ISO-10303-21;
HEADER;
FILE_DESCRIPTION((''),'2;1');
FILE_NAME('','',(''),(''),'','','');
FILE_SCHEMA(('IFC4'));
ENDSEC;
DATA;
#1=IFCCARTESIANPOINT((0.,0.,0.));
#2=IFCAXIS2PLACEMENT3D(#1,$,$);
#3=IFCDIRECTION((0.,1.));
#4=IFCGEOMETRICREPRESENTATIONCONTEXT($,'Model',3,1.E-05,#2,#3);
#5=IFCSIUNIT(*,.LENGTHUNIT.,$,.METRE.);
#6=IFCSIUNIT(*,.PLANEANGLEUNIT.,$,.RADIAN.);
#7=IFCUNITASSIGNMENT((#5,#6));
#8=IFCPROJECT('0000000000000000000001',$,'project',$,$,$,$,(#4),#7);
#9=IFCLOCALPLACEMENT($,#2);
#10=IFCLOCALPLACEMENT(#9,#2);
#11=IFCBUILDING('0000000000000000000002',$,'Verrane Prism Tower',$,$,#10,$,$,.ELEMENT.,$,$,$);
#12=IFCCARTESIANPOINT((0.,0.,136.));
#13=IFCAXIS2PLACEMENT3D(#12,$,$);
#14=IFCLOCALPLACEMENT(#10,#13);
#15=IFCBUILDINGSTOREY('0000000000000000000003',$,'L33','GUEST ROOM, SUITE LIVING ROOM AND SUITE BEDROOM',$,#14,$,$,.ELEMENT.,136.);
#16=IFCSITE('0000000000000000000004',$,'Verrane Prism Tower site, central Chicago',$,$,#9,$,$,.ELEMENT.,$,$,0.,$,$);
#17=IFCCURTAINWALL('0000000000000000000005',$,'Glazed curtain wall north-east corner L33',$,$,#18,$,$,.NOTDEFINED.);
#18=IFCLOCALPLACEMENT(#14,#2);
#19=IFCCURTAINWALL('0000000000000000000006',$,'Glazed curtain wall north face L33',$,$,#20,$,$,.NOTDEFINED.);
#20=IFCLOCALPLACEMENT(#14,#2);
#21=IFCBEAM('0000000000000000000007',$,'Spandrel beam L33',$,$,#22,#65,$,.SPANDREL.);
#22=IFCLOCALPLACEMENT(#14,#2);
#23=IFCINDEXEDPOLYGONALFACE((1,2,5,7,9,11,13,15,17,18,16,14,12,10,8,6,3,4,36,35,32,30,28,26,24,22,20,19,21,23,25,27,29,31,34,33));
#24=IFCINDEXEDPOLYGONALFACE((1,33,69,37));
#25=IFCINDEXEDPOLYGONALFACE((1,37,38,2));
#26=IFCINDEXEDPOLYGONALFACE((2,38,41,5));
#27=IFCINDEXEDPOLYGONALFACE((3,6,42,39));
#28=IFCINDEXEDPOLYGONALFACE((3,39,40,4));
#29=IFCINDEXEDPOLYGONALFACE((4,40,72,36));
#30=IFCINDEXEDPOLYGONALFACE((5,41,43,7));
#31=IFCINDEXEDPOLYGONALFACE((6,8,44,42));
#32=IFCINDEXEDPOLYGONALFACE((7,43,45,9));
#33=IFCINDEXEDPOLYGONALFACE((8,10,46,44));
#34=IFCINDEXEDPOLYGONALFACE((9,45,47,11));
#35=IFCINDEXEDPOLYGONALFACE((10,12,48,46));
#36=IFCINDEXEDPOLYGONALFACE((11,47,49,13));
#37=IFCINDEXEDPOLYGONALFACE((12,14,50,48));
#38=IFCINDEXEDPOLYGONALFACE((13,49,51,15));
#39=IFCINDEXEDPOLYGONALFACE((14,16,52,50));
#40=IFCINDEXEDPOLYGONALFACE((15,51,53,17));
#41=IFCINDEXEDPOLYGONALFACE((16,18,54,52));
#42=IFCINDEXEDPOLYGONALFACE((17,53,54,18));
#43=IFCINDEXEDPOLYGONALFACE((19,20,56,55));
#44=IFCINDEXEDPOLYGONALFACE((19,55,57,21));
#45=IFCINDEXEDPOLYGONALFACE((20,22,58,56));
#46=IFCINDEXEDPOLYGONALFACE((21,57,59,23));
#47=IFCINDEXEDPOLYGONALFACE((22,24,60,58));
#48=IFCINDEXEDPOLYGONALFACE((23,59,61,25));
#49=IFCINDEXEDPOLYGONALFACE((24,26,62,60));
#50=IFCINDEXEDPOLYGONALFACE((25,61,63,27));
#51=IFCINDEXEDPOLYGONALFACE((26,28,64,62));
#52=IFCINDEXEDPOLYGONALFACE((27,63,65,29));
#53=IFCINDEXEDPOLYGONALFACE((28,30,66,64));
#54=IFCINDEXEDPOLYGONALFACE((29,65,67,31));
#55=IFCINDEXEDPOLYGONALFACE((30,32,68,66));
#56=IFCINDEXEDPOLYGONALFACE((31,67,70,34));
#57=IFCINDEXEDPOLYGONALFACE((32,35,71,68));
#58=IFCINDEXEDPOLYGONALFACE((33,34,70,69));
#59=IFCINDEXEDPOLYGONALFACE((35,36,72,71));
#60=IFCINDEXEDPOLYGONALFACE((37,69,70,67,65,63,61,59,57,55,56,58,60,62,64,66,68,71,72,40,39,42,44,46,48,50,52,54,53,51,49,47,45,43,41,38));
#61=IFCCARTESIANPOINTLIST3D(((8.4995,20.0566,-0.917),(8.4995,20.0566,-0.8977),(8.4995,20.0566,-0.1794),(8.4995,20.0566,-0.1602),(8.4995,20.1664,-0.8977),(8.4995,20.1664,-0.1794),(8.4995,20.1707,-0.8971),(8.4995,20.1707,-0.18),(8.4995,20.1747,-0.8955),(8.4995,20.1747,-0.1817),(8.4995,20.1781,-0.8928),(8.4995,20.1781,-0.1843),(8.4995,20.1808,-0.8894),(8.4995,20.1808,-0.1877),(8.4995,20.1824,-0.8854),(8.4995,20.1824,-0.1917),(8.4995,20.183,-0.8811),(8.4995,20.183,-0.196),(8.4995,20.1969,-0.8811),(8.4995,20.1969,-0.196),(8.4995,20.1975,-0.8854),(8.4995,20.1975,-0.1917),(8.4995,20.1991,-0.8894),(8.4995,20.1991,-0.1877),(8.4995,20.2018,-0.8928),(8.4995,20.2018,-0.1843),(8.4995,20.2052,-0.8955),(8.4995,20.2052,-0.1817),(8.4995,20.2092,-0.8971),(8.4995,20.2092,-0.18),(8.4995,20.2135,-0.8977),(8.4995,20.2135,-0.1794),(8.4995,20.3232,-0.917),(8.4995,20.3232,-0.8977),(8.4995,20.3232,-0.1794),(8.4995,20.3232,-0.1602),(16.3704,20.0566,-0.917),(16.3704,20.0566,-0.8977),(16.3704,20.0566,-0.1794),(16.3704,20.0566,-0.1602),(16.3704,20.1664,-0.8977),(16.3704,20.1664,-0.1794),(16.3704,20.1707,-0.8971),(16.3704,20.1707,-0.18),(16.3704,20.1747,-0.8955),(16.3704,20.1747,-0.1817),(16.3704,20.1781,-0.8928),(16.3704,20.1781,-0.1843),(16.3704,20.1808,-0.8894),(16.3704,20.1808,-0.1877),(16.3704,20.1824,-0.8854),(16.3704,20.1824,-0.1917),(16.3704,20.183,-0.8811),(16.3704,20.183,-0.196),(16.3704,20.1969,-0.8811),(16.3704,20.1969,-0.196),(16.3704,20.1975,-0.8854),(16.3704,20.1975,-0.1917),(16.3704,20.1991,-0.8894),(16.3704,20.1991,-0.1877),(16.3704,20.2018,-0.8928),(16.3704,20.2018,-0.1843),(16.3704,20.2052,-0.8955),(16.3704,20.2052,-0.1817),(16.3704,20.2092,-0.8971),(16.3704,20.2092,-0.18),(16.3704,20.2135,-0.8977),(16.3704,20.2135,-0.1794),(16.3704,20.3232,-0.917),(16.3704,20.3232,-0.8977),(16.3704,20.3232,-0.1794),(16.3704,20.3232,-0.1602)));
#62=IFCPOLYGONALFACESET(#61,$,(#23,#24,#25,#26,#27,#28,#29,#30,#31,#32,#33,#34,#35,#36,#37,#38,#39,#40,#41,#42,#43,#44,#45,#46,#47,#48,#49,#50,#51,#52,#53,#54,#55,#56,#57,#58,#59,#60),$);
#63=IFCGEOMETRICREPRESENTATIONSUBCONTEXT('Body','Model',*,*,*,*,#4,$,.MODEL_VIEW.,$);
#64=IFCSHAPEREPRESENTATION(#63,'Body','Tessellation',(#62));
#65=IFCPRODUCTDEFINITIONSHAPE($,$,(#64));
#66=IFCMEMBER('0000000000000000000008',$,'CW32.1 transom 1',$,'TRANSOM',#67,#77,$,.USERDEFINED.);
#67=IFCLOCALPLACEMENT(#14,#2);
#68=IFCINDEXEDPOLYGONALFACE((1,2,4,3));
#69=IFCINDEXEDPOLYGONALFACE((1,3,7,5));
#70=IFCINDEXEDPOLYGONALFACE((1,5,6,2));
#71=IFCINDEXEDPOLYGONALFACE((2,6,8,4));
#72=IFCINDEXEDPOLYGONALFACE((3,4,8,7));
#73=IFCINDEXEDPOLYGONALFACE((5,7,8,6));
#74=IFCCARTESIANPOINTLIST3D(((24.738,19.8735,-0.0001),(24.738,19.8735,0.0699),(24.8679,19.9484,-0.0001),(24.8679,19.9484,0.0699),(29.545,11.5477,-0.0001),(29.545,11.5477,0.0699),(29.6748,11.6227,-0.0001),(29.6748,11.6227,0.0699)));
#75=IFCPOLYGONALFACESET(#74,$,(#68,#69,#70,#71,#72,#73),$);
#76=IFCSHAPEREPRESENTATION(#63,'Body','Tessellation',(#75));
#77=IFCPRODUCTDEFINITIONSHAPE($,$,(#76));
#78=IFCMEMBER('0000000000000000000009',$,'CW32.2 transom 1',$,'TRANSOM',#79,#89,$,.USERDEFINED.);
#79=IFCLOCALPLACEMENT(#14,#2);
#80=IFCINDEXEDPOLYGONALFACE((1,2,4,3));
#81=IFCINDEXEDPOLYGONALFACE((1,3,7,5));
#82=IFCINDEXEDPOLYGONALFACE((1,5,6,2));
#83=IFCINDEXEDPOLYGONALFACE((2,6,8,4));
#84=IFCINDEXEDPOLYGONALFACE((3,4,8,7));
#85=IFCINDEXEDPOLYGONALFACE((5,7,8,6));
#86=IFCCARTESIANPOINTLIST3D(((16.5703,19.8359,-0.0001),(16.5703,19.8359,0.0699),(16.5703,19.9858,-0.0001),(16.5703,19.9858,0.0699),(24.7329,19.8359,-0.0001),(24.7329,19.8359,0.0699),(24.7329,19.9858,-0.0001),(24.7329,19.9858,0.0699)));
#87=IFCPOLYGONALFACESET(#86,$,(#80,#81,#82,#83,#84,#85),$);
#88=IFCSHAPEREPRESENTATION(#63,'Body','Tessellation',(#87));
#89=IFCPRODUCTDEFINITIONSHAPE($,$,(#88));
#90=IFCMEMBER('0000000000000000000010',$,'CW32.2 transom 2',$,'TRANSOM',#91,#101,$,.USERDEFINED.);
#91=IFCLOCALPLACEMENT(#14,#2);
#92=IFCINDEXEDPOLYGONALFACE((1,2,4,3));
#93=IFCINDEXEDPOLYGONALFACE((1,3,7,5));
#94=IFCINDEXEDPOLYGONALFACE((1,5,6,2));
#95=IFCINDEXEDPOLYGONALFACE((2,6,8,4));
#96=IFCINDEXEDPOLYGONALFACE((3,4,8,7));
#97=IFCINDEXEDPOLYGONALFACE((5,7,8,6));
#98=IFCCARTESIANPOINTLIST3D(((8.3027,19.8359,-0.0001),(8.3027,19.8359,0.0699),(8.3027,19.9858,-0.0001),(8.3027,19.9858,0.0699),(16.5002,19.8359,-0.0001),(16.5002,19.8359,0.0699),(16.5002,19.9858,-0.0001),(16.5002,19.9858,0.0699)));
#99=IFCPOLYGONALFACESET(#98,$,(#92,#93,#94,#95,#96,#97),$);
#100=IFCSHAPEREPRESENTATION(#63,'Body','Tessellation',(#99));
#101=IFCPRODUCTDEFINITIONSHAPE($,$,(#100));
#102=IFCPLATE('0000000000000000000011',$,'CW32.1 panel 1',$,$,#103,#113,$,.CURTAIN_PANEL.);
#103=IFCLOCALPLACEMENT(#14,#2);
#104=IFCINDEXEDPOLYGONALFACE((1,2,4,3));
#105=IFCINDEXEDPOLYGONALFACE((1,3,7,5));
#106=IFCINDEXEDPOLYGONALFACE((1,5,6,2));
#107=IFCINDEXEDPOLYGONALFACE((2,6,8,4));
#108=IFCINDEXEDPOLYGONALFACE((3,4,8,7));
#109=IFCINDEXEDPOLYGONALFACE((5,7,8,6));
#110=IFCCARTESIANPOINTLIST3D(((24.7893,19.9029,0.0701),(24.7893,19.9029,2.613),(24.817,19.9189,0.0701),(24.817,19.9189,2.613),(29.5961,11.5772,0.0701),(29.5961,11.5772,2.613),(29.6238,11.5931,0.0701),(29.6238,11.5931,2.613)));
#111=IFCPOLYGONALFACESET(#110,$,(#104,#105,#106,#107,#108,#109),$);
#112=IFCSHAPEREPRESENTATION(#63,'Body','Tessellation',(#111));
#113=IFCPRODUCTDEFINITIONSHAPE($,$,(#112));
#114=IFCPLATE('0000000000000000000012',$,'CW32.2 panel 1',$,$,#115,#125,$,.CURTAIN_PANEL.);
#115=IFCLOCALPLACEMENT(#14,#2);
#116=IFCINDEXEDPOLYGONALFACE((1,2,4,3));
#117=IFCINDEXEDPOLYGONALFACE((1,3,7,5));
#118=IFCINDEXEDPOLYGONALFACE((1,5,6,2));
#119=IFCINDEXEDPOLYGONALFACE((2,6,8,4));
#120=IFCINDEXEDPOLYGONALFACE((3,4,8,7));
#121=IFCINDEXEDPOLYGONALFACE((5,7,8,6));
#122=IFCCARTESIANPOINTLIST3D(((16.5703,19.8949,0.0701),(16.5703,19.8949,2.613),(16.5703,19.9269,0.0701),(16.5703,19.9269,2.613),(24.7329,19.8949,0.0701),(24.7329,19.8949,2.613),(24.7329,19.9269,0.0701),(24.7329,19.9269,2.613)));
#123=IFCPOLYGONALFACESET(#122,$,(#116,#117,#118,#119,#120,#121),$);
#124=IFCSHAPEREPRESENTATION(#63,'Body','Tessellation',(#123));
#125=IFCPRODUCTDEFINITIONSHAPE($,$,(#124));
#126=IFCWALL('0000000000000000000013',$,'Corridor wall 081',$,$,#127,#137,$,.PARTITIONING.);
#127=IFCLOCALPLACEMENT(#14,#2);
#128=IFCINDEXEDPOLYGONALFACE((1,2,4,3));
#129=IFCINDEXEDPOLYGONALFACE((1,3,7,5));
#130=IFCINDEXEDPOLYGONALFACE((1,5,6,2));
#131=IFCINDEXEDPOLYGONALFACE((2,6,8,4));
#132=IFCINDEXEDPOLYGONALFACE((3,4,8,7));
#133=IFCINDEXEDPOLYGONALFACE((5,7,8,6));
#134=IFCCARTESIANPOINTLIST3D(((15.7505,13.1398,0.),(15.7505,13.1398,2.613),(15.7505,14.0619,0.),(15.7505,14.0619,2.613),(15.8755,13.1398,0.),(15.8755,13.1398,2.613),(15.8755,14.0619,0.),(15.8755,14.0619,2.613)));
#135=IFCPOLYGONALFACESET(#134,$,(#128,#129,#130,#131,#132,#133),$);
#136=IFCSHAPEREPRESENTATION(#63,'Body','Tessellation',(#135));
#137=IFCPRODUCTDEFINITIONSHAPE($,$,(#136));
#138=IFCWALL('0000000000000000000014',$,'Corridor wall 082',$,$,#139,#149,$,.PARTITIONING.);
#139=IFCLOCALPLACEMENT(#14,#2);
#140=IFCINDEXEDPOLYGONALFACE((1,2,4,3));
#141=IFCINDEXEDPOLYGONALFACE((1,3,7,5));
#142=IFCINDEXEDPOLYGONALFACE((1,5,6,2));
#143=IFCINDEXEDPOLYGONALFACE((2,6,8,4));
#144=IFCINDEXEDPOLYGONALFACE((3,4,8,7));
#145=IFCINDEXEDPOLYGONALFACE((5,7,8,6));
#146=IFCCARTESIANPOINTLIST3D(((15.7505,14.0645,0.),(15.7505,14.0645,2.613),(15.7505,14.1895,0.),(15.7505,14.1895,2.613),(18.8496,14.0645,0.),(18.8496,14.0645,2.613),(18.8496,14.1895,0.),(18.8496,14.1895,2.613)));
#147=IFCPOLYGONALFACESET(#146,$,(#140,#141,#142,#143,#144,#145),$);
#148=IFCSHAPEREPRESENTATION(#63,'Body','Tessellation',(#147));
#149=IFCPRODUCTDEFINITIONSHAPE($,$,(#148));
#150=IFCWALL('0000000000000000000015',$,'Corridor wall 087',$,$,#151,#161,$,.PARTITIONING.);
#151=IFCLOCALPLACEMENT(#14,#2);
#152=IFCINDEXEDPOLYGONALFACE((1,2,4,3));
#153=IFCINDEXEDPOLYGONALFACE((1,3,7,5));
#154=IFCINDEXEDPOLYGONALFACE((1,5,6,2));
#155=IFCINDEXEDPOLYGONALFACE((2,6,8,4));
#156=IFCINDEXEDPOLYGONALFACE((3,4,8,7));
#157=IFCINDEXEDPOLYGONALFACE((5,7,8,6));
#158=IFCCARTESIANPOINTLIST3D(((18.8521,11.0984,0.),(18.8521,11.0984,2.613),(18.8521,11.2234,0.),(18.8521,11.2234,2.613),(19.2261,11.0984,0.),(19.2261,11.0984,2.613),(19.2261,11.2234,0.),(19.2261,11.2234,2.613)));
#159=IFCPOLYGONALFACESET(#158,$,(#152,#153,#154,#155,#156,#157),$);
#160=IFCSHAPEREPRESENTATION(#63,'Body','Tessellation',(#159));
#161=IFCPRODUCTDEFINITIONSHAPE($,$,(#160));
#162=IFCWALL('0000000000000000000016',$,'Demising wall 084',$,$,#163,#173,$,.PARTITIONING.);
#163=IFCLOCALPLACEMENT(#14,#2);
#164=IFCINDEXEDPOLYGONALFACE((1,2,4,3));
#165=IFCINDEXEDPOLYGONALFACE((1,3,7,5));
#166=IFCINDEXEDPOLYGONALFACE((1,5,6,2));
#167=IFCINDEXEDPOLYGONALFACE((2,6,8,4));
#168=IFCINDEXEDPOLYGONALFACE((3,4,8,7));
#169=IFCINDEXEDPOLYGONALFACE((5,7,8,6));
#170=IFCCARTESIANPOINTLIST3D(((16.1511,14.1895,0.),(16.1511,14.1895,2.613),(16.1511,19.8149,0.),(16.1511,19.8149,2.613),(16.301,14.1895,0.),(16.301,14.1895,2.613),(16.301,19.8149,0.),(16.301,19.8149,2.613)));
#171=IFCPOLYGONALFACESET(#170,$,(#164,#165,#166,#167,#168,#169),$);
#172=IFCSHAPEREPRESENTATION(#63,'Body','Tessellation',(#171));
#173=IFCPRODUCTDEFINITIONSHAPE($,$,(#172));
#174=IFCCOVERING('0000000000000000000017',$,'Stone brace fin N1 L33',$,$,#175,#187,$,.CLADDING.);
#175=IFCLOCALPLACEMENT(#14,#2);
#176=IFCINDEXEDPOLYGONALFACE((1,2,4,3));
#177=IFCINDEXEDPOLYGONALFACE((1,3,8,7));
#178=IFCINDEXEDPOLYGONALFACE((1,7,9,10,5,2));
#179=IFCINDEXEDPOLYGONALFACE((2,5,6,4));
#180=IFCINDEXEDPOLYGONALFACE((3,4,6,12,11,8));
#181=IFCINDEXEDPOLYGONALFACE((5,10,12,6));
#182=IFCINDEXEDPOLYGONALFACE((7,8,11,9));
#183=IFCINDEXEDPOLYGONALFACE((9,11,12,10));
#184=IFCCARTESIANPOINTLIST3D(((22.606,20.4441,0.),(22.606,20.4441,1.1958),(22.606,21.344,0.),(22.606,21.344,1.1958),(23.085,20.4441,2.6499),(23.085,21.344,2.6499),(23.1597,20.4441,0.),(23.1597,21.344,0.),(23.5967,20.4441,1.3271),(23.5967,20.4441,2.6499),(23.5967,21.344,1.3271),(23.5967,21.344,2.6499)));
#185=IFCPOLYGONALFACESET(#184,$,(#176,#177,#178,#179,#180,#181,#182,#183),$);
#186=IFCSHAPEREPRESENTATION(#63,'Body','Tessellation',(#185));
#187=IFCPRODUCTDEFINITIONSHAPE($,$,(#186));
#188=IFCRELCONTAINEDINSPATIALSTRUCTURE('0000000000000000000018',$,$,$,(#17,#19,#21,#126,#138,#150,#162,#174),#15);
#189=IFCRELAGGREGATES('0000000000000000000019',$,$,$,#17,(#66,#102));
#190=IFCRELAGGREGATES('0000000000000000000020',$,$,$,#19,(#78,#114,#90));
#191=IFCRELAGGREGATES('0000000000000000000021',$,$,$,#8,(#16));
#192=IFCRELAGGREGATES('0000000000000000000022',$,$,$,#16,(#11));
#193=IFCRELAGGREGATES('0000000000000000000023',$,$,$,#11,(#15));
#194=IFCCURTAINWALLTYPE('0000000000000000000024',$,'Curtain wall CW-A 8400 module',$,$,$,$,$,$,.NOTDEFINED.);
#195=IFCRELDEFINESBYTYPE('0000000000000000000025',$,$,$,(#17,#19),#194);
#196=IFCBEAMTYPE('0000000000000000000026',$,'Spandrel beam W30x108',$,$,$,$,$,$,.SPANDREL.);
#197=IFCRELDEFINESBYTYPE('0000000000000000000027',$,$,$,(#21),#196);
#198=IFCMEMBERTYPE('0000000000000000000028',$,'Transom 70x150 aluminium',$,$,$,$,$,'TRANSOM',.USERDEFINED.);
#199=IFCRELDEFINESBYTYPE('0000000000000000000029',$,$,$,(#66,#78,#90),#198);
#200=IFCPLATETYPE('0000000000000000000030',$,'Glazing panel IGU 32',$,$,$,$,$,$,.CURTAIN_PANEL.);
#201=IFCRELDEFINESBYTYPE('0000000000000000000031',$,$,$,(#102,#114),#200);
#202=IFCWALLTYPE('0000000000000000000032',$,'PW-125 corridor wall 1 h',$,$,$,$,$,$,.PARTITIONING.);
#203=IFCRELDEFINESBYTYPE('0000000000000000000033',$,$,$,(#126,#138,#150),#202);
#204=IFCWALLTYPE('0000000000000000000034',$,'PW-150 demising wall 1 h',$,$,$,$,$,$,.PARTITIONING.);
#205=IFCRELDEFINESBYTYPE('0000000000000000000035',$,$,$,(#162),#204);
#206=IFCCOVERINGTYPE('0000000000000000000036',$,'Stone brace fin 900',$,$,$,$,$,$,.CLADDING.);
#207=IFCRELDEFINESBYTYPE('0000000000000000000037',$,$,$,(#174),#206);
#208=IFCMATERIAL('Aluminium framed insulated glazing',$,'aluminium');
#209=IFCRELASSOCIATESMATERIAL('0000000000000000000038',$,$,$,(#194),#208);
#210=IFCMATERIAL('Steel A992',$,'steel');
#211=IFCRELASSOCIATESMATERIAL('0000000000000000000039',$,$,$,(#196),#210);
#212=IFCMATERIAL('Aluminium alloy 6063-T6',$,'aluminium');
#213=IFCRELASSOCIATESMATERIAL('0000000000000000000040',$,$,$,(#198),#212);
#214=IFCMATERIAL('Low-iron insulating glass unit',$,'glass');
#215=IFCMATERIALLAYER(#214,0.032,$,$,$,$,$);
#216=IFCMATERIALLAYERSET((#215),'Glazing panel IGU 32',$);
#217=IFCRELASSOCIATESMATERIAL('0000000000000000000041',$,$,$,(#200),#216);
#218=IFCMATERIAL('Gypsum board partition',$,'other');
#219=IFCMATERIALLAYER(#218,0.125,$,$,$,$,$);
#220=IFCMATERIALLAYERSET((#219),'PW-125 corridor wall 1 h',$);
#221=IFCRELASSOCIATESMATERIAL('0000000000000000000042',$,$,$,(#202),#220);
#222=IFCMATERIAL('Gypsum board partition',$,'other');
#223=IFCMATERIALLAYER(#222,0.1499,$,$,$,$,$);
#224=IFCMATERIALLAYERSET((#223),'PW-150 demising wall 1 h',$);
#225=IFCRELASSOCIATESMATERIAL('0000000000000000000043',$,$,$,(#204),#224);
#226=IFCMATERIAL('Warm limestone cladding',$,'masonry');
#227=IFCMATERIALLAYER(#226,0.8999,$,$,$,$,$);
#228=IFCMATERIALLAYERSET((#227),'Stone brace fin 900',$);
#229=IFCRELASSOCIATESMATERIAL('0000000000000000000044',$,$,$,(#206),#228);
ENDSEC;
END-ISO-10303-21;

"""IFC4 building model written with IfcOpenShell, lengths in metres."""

from ifc_helpers import new_model, si_unit, direction, frame, frame_2d, origin, origin_2d, place, context, subcontext, project, spatial, polyline, rectangle, i_section, outline, extrude, material, layer, layer_set, material_profile, profile_set, type_object, element, aggregate, save


model = new_model("IFC4")

# Units and contexts
model_context = context("Model", 3, precision=1e-05, world=origin(), true_north=direction((0.0, 1.0)))
body_context = subcontext(model_context, "Body", "Model", "MODEL_VIEW")
ifc_project = project(units=[si_unit("LENGTHUNIT", "METRE"), si_unit("PLANEANGLEUNIT", "RADIAN")], contexts=[model_context])

# Site, building, storey
site_placement = place(None, origin())
site = spatial("IfcSite", under=ifc_project, at=site_placement, Name="Verrane Prism Tower site, central Chicago", CompositionType="ELEMENT", RefElevation=0.0)
building_placement = place(site_placement, origin())
building = spatial("IfcBuilding", under=site, at=building_placement, Name="Verrane Prism Tower", CompositionType="ELEMENT")
storey_placement = place(building_placement, frame((0.0, 0.0, 136.0)))
storey = spatial("IfcBuildingStorey", under=building, at=storey_placement, Name="L33", Description="GUEST ROOM, SUITE LIVING ROOM AND SUITE BEDROOM", CompositionType="ELEMENT", Elevation=136.0)

# Curtain wall
ifc_material_1 = material(Name="Aluminium framed insulated glazing", Category="aluminium")
curtain_wall_type = type_object("IfcCurtainWallType", Name="Curtain wall CW-A 8400 module", PredefinedType="NOTDEFINED", material=ifc_material_1)
curtain_wall_1_placement = place(storey_placement, origin())
curtain_wall_1 = element("IfcCurtainWall", 1, at=curtain_wall_1_placement, inside=storey, type_object=curtain_wall_type, Name="Glazed curtain wall north-east corner L33", PredefinedType="NOTDEFINED")

# Curtain wall
curtain_wall_2_placement = place(storey_placement, origin())
curtain_wall_2 = element("IfcCurtainWall", 2, at=curtain_wall_2_placement, inside=storey, type_object=curtain_wall_type, Name="Glazed curtain wall north face L33", PredefinedType="NOTDEFINED")

# Beam
ifc_material_2 = material(Name="Steel A992", Category="steel")
ifc_material_profile_1 = material_profile(ifc_material_2, i_section(OverallWidth=0.2666, OverallDepth=0.7568, WebThickness=0.0139, FlangeThickness=0.0193, FilletRadius=0.0166, at=origin_2d()), Name="W30x108")
ifc_profile_set_1 = profile_set([ifc_material_profile_1], Name="Steel A992")
beam_type_1 = type_object("IfcBeamType", Name="Spandrel beam W30x108", PredefinedType="SPANDREL", material=ifc_profile_set_1)
beam_1_placement = place(storey_placement, frame((16.3704, 20.1899, -0.5386), z_axis=(-1.0, 0.0, 0.0), x_axis=(0.0, -1.0, 0.0)))
element("IfcBeam", 3, at=beam_1_placement, inside=storey, type_object=beam_type_1, Name="Spandrel beam L33", PredefinedType="SPANDREL", context=body_context, shape_type="SweptSolid", body=[
    extrude(i_section(OverallWidth=0.2666, OverallDepth=0.7568, WebThickness=0.0139, FlangeThickness=0.0193, FilletRadius=0.0166, at=origin_2d()), origin(), (0.0, 0.0, 1.0), 7.8708),
])

# Members
ifc_material_3 = material(Name="Aluminium alloy 6063-T6", Category="aluminium")
ifc_material_profile_2 = material_profile(ifc_material_3, rectangle(XDim=0.1499, YDim=0.0701, at=origin_2d()), Name="Transom 70x150 aluminium")
ifc_profile_set_2 = profile_set([ifc_material_profile_2], Name="Aluminium alloy 6063-T6")
member_type_1 = type_object("IfcMemberType", Name="Transom 70x150 aluminium", ElementType="TRANSOM", PredefinedType="USERDEFINED", material=ifc_profile_set_2)
member_1_placement = place(storey_placement, frame((29.6099, 11.5852, 0.0349), z_axis=(-0.500004, 0.866023, 0.0), x_axis=(-0.866023, -0.500004, 0.0)))
member_1 = element("IfcMember", 4, at=member_1_placement, type_object=member_type_1, Name="CW32.1 transom 1", ObjectType="TRANSOM", PredefinedType="USERDEFINED", context=body_context, shape_type="SweptSolid", body=[
    extrude(rectangle(XDim=0.1499, YDim=0.0701, at=origin_2d()), origin(), (0.0, 0.0, 1.0), 9.6138),
])
member_2_placement = place(storey_placement, frame((24.7329, 19.9109, 0.0349), z_axis=(-1.0, 0.0, 0.0), x_axis=(0.0, -1.0, 0.0)))
member_2 = element("IfcMember", 5, at=member_2_placement, type_object=member_type_1, Name="CW32.2 transom 1", ObjectType="TRANSOM", PredefinedType="USERDEFINED", context=body_context, shape_type="SweptSolid", body=[
    extrude(rectangle(XDim=0.1499, YDim=0.0701, at=origin_2d()), origin(), (0.0, 0.0, 1.0), 8.1626),
])
member_3_placement = place(storey_placement, frame((16.5002, 19.9109, 0.0349), z_axis=(-1.0, 0.0, 0.0), x_axis=(0.0, -1.0, 0.0)))
member_3 = element("IfcMember", 6, at=member_3_placement, type_object=member_type_1, Name="CW32.2 transom 2", ObjectType="TRANSOM", PredefinedType="USERDEFINED", context=body_context, shape_type="SweptSolid", body=[
    extrude(rectangle(XDim=0.1499, YDim=0.0701, at=origin_2d()), origin(), (0.0, 0.0, 1.0), 8.1975),
])

# Plates
ifc_material_4 = material(Name="Low-iron insulating glass unit", Category="glass")
ifc_layer_1 = layer(ifc_material_4, 0.032)
ifc_layer_set_1 = layer_set([ifc_layer_1], Name="Glazing panel IGU 32")
plate_type = type_object("IfcPlateType", Name="Glazing panel IGU 32", PredefinedType="CURTAIN_PANEL", material=ifc_layer_set_1)
plate_1_placement = place(storey_placement, frame((27.2065, 15.748, 0.0701), z_axis=(0.0, 0.0, 1.0), x_axis=(-0.499996, 0.866028, 0.0)))
plate_1 = element("IfcPlate", 7, at=plate_1_placement, type_object=plate_type, Name="CW32.1 panel 1", PredefinedType="CURTAIN_PANEL", context=body_context, shape_type="SweptSolid", body=[
    extrude(rectangle(XDim=9.6138, YDim=0.032, at=origin_2d()), origin(), (0.0, 0.0, 1.0), 2.543),
])
aggregate(curtain_wall_1, [member_1, plate_1])
plate_2_placement = place(storey_placement, frame((20.6516, 19.9109, 0.0701), z_axis=(0.0, 0.0, 1.0), x_axis=(-1.0, 0.0, 0.0)))
plate_2 = element("IfcPlate", 8, at=plate_2_placement, type_object=plate_type, Name="CW32.2 panel 1", PredefinedType="CURTAIN_PANEL", context=body_context, shape_type="SweptSolid", body=[
    extrude(rectangle(XDim=8.1626, YDim=0.032, at=origin_2d()), origin(), (0.0, 0.0, 1.0), 2.543),
])
aggregate(curtain_wall_2, [member_2, plate_2, member_3])

# Walls
ifc_material_5 = material(Name="Gypsum board partition", Category="other")
ifc_layer_2 = layer(ifc_material_5, 0.125)
ifc_layer_set_2 = layer_set([ifc_layer_2], Name="PW-125 corridor wall 1 h")
wall_type_1 = type_object("IfcWallType", Name="PW-125 corridor wall 1 h", PredefinedType="PARTITIONING", material=ifc_layer_set_2)
wall_1_placement = place(storey_placement, frame((15.813, 13.1399, 0.0), z_axis=(0.0, 0.0, 1.0), x_axis=(0.0, 1.0, 0.0)))
element("IfcWall", 9, at=wall_1_placement, inside=storey, type_object=wall_type_1, Name="Corridor wall 081", PredefinedType="PARTITIONING", context=body_context, shape_type="SweptSolid", body=[
    extrude(rectangle(XDim=0.9221, YDim=0.125, at=frame_2d((0.4609, 0.0))), origin(), (0.0, 0.0, 1.0), 2.613),
])
wall_2_placement = place(storey_placement, frame((15.7505, 14.127, 0.0), z_axis=(0.0, 0.0, 1.0), x_axis=(1.0, 0.0, 0.0)))
element("IfcWall", 10, at=wall_2_placement, inside=storey, type_object=wall_type_1, Name="Corridor wall 082", PredefinedType="PARTITIONING", context=body_context, shape_type="SweptSolid", body=[
    extrude(rectangle(XDim=3.0991, YDim=0.125, at=frame_2d((1.5496, 0.0))), origin(), (0.0, 0.0, 1.0), 2.613),
])
wall_3_placement = place(storey_placement, frame((18.8521, 11.1609, 0.0), z_axis=(0.0, 0.0, 1.0), x_axis=(1.0, 0.0, 0.0)))
element("IfcWall", 11, at=wall_3_placement, inside=storey, type_object=wall_type_1, Name="Corridor wall 087", PredefinedType="PARTITIONING", context=body_context, shape_type="SweptSolid", body=[
    extrude(rectangle(XDim=0.374, YDim=0.125, at=frame_2d((0.187, 0.0))), origin(), (0.0, 0.0, 1.0), 2.613),
])
ifc_material_6 = material(Name="Gypsum board partition", Category="other")
ifc_layer_3 = layer(ifc_material_6, 0.1499)
ifc_layer_set_3 = layer_set([ifc_layer_3], Name="PW-150 demising wall 1 h")
wall_type_2 = type_object("IfcWallType", Name="PW-150 demising wall 1 h", PredefinedType="PARTITIONING", material=ifc_layer_set_3)
wall_4_placement = place(storey_placement, frame((16.2261, 14.1895, 0.0), z_axis=(0.0, 0.0, 1.0), x_axis=(0.0, 1.0, 0.0)))
element("IfcWall", 12, at=wall_4_placement, inside=storey, type_object=wall_type_2, Name="Demising wall 084", PredefinedType="PARTITIONING", context=body_context, shape_type="SweptSolid", body=[
    extrude(rectangle(XDim=5.6255, YDim=0.1499, at=frame_2d((2.8127, 0.0))), origin(), (0.0, 0.0, 1.0), 2.613),
])

# Covering
ifc_material_7 = material(Name="Warm limestone cladding", Category="masonry")
ifc_layer_4 = layer(ifc_material_7, 0.8999)
ifc_layer_set_4 = layer_set([ifc_layer_4], Name="Stone brace fin 900")
covering_type = type_object("IfcCoveringType", Name="Stone brace fin 900", PredefinedType="CLADDING", material=ifc_layer_set_4)
covering_1_placement = place(storey_placement, frame((22.606, 20.894, 0.0), z_axis=(0.0, 0.0, 1.0), x_axis=(1.0, 0.0, 0.0)))
element("IfcCovering", 13, at=covering_1_placement, inside=storey, type_object=covering_type, Name="Stone brace fin N1 L33", PredefinedType="CLADDING", context=body_context, shape_type="SweptSolid", body=[
    extrude(outline(polyline([(0.9907, 2.6499), (0.479, 2.6499), (0.0, 1.1958), (0.0, 0.0), (0.5537, 0.0), (0.9907, 1.3271), (0.9907, 2.6499)])), frame((0.0, 0.45, 0.0), z_axis=(0.0, -1.0, 0.0), x_axis=(1.0, 0.0, 0.0)), (0.0, 0.0, 1.0), 0.8999),
])

save(model, "model.ifc")
